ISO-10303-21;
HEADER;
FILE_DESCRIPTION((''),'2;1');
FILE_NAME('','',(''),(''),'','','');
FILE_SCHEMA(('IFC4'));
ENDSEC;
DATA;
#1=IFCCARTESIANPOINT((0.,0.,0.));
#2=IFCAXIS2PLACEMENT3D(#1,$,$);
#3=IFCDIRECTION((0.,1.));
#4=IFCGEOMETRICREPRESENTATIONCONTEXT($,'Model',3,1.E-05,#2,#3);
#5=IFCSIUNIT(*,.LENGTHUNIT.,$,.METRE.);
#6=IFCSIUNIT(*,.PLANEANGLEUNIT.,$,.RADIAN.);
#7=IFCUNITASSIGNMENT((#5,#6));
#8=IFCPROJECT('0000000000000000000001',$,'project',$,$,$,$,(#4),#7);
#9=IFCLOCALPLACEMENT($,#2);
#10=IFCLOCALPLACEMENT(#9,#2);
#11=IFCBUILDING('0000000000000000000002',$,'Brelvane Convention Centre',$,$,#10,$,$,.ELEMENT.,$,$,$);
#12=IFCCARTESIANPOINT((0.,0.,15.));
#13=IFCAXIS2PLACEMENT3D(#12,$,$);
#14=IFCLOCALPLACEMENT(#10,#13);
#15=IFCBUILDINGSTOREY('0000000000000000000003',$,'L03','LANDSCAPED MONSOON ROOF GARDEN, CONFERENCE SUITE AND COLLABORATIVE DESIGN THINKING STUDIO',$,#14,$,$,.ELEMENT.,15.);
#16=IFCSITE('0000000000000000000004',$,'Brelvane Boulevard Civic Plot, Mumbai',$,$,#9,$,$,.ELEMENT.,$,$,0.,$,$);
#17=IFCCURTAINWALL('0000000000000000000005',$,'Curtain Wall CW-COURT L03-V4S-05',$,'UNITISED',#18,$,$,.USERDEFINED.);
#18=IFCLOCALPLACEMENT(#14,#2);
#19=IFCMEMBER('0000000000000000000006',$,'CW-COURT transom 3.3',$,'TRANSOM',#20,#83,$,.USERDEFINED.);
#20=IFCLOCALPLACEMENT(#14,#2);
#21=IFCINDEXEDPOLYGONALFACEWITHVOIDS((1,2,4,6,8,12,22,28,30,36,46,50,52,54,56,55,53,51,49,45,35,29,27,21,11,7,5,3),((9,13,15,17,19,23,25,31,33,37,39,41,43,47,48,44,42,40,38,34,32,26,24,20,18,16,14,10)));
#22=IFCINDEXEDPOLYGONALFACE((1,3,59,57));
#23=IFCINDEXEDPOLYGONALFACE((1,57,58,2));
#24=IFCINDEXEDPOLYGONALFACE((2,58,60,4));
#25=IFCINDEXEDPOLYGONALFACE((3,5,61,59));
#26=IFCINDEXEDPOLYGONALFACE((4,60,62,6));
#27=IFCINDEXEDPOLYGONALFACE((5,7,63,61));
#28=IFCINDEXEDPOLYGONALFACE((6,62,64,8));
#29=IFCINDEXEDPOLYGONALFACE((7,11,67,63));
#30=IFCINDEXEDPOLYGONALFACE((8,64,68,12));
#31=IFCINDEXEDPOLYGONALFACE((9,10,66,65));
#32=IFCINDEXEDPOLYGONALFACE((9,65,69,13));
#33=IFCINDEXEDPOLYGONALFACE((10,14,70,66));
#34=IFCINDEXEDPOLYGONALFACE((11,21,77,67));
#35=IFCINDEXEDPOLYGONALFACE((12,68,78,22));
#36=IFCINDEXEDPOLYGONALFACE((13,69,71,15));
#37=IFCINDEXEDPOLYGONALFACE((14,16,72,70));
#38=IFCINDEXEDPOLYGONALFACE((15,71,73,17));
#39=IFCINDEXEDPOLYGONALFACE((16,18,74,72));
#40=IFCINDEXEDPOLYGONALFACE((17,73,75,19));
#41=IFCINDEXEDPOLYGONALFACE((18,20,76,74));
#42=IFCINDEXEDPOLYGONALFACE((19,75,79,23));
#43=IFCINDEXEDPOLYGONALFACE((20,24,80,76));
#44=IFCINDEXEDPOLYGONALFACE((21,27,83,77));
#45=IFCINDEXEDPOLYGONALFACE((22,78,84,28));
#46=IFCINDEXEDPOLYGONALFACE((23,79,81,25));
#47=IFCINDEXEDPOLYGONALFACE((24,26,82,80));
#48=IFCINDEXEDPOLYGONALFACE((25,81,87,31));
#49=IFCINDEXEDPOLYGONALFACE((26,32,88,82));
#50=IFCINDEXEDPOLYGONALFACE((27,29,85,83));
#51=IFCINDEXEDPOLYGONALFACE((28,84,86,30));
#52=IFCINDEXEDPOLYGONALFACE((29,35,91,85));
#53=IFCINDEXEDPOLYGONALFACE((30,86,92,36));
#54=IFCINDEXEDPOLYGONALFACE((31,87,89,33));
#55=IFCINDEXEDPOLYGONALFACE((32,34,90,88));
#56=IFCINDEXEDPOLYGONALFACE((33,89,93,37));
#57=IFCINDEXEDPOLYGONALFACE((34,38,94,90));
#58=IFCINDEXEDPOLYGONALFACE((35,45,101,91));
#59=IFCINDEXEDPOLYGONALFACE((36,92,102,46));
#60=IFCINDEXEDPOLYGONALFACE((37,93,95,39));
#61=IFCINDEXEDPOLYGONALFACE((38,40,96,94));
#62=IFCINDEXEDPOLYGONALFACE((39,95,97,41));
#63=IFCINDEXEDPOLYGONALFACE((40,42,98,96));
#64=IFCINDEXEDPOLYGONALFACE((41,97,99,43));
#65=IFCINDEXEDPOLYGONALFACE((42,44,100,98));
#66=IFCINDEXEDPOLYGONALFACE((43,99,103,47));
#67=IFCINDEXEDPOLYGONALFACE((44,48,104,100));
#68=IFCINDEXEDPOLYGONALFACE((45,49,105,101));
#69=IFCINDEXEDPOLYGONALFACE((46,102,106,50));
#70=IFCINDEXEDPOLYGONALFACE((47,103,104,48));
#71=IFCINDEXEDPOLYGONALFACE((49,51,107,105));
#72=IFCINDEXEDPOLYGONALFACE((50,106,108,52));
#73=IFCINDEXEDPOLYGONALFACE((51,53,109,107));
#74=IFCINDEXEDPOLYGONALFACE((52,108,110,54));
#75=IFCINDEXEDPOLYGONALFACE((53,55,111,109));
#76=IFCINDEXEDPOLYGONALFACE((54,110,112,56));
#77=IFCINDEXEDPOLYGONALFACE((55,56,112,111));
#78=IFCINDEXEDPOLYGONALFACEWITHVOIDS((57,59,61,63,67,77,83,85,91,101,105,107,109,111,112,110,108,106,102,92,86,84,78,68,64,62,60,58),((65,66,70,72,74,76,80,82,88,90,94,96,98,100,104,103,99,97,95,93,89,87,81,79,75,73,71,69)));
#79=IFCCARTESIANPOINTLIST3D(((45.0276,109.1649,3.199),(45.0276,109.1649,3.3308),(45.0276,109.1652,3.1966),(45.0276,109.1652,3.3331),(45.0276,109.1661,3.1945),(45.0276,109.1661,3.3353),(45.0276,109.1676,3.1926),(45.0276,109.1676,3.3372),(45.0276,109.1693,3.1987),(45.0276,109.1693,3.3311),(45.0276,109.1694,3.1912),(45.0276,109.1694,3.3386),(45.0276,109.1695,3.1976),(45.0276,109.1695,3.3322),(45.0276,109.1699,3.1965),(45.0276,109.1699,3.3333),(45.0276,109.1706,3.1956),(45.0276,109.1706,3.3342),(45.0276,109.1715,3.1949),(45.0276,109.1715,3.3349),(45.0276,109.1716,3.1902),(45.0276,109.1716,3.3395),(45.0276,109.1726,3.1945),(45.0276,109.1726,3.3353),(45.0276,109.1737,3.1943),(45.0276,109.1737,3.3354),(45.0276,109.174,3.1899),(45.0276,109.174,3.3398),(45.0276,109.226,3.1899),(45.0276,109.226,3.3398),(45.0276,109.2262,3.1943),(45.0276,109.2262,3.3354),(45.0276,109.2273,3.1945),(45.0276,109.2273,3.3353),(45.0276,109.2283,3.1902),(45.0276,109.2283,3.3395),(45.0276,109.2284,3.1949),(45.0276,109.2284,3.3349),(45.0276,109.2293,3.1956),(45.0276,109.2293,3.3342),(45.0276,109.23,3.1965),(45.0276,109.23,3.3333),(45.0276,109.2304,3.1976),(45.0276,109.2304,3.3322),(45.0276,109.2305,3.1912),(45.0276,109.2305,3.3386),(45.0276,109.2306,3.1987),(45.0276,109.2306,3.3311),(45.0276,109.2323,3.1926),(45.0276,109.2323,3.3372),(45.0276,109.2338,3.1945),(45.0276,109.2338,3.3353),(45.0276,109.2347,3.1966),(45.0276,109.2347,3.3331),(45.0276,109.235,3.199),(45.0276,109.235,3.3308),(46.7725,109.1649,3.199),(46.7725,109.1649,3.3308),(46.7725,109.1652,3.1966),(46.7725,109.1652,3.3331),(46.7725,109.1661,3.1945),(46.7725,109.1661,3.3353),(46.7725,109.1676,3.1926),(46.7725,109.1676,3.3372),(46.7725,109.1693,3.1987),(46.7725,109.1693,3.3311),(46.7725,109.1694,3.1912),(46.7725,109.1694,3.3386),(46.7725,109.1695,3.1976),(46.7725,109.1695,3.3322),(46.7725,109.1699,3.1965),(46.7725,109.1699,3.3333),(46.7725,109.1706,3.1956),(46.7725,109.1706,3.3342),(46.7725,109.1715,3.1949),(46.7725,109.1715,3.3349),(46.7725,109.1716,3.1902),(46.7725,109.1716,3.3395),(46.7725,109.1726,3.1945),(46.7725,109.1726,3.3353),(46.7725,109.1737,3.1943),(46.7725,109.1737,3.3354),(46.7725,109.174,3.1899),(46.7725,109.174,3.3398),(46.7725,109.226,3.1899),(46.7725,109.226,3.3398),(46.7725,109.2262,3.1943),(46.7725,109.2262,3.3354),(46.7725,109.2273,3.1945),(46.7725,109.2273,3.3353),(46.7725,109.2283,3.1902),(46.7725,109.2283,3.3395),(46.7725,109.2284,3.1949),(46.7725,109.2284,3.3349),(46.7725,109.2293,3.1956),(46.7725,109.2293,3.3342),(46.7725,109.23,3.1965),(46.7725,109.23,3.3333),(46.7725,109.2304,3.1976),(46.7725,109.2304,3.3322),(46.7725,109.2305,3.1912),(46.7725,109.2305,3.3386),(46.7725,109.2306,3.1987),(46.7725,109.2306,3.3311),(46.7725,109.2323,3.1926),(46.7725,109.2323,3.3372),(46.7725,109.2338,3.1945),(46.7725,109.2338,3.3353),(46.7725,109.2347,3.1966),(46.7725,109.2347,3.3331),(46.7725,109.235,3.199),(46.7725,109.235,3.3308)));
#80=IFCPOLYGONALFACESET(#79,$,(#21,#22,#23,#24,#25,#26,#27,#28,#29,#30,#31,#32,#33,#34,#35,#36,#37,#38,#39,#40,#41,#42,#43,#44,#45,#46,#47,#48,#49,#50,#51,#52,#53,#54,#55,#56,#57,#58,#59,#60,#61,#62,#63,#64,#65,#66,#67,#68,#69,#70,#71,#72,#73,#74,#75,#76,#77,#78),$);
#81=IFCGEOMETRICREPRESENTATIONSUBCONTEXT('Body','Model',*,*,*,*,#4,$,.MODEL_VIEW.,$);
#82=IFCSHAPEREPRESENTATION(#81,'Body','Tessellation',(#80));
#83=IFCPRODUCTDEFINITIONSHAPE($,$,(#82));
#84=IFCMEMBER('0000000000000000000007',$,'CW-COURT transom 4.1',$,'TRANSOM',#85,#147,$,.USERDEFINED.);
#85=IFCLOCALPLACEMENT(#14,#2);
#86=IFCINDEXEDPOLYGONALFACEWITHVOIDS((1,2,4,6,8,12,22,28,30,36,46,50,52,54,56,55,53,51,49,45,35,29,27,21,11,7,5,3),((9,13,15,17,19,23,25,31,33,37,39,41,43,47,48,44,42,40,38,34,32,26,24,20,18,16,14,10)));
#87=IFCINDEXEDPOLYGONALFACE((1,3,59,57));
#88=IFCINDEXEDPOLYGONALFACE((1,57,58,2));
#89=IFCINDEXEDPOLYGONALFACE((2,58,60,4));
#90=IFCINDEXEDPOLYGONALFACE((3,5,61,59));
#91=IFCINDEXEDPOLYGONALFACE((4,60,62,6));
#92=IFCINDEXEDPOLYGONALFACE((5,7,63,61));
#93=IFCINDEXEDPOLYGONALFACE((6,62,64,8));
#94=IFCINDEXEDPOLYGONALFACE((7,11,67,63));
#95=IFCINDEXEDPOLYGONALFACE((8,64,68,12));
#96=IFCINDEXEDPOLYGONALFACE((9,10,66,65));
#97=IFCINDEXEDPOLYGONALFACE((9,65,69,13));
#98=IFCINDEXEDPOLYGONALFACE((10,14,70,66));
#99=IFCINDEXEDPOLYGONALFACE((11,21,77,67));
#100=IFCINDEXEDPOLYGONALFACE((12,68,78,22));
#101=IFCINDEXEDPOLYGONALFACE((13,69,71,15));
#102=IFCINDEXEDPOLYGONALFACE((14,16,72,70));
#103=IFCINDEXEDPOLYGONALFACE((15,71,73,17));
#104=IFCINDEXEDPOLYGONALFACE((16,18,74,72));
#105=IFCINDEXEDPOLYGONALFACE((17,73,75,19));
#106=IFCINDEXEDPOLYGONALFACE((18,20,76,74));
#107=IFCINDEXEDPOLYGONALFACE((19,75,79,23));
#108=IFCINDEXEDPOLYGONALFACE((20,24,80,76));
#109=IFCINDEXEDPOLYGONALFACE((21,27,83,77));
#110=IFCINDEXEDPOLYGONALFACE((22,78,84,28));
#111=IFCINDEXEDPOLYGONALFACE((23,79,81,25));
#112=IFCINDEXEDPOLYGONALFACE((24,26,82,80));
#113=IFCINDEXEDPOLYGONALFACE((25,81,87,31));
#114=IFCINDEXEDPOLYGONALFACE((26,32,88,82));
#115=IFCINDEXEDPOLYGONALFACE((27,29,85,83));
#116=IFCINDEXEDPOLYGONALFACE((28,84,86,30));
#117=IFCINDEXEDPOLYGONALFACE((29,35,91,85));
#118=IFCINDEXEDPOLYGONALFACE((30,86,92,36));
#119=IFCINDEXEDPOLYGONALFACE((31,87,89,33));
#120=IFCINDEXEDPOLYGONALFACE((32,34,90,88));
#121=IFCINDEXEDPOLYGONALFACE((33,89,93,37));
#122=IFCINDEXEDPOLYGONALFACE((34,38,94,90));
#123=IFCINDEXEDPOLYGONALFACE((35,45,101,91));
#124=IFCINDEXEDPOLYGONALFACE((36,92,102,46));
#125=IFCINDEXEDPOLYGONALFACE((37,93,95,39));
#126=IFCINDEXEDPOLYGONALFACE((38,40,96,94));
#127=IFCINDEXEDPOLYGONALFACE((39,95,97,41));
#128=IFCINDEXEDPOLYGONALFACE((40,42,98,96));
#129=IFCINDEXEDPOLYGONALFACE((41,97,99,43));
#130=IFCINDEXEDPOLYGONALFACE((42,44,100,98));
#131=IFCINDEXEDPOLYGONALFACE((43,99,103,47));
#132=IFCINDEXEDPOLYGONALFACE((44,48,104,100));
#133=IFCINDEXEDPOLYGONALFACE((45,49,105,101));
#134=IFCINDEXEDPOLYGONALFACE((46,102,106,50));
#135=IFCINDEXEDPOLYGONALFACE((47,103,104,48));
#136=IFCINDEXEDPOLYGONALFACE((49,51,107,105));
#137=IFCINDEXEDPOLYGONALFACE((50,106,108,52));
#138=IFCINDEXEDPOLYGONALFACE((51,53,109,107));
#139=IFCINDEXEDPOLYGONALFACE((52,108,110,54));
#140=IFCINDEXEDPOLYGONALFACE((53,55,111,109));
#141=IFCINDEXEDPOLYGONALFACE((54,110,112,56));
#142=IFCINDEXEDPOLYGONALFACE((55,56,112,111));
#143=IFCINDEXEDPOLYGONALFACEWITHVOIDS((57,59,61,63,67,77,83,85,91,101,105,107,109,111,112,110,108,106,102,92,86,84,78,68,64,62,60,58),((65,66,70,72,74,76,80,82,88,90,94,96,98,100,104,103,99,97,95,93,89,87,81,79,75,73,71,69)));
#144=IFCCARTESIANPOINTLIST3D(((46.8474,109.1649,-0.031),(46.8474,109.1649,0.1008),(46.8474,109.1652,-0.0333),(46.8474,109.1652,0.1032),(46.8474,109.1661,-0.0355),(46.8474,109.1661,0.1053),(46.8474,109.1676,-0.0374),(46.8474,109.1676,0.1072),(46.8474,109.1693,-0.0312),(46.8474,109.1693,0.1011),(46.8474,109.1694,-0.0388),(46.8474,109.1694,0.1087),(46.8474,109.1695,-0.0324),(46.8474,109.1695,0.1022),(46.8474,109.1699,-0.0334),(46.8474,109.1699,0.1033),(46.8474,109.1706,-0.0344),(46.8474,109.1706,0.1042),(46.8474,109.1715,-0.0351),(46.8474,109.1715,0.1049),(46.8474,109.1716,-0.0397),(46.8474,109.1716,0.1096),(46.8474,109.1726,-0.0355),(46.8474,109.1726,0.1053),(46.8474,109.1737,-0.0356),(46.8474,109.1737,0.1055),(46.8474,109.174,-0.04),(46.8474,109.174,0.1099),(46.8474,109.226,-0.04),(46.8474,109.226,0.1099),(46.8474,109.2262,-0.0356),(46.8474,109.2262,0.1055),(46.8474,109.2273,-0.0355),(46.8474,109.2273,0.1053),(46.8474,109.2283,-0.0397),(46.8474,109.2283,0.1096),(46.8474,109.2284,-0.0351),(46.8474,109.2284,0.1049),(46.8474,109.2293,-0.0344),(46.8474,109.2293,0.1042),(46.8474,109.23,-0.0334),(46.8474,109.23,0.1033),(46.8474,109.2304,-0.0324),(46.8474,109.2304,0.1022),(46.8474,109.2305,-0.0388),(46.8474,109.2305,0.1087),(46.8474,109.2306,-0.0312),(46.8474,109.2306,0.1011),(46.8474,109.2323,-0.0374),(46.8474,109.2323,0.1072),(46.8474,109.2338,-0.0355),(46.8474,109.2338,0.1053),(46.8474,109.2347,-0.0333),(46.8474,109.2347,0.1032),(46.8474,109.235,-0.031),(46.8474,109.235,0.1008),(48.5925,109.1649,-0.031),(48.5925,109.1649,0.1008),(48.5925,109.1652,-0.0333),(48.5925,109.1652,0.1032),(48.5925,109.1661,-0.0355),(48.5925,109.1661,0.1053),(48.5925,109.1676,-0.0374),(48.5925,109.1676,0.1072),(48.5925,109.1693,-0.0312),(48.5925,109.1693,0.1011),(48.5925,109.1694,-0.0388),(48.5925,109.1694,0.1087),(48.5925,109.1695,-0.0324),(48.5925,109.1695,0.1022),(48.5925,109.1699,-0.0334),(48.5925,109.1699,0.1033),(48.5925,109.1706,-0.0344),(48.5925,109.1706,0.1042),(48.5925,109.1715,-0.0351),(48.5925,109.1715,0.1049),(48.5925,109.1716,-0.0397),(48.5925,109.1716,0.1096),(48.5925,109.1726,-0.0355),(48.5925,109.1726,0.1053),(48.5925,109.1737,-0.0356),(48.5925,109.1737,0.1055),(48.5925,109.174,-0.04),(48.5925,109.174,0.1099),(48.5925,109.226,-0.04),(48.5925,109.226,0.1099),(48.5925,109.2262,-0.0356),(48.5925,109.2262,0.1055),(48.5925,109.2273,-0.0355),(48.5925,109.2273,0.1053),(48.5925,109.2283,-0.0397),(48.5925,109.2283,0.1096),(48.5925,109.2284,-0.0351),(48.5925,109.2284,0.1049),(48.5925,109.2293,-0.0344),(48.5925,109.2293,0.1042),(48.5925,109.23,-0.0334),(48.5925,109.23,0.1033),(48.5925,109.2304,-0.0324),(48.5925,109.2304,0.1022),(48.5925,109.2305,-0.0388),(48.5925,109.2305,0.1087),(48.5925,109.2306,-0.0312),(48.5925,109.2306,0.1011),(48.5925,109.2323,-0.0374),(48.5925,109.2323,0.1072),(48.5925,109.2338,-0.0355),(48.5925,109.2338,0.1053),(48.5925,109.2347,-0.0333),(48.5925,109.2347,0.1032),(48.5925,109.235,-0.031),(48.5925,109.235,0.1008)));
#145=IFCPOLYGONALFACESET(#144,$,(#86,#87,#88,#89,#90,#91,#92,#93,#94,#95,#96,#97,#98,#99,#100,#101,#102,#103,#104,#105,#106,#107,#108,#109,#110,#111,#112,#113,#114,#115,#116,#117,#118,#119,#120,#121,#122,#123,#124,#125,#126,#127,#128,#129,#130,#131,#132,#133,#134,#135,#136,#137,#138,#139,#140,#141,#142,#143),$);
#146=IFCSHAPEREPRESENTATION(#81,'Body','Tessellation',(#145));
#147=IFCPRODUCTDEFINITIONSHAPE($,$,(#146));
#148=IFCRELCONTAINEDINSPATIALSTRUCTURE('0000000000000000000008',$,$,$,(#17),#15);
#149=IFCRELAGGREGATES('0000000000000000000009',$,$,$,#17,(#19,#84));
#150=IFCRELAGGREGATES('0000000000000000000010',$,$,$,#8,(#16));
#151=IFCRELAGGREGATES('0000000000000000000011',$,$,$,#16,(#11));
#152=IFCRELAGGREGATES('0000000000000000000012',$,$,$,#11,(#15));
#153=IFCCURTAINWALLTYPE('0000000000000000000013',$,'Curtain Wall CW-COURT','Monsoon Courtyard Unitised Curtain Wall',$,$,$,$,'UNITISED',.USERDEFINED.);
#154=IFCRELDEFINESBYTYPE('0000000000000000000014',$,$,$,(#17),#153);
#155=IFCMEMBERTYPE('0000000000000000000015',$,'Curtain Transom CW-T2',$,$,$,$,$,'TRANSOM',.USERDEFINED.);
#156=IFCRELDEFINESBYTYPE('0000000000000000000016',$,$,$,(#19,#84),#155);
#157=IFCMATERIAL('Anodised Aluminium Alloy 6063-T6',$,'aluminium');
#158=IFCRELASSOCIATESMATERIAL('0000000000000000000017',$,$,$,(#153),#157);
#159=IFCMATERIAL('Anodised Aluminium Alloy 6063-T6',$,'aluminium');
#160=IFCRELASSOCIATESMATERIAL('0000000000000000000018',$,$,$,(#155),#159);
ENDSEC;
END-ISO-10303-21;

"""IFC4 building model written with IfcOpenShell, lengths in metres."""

from ifc_helpers import new_model, si_unit, direction, frame, origin, origin_2d, place, context, subcontext, project, spatial, hollow_rectangle, extrude, material, material_profile, profile_set, type_object, element, aggregate, save


model = new_model("IFC4")

# Units and contexts
model_context = context("Model", 3, precision=1e-05, world=origin(), true_north=direction((0.0, 1.0)))
body_context = subcontext(model_context, "Body", "Model", "MODEL_VIEW")
ifc_project = project(units=[si_unit("LENGTHUNIT", "METRE"), si_unit("PLANEANGLEUNIT", "RADIAN")], contexts=[model_context])

# Site, building, storey
site_placement = place(None, origin())
site = spatial("IfcSite", under=ifc_project, at=site_placement, Name="Brelvane Boulevard Civic Plot, Mumbai", CompositionType="ELEMENT", RefElevation=0.0)
building_placement = place(site_placement, origin())
building = spatial("IfcBuilding", under=site, at=building_placement, Name="Brelvane Convention Centre", CompositionType="ELEMENT")
storey_placement = place(building_placement, frame((0.0, 0.0, 15.0)))
storey = spatial("IfcBuildingStorey", under=building, at=storey_placement, Name="L03", Description="LANDSCAPED MONSOON ROOF GARDEN, CONFERENCE SUITE AND COLLABORATIVE DESIGN THINKING STUDIO", CompositionType="ELEMENT", Elevation=15.0)

# Curtain wall, members
ifc_material_1 = material(Name="Anodised Aluminium Alloy 6063-T6", Category="aluminium")
curtain_wall_type = type_object("IfcCurtainWallType", Name="Curtain Wall CW-COURT", Description="Monsoon Courtyard Unitised Curtain Wall", ElementType="UNITISED", PredefinedType="USERDEFINED", material=ifc_material_1)
curtain_wall_placement = place(storey_placement, origin())
curtain_wall = element("IfcCurtainWall", 1, at=curtain_wall_placement, inside=storey, type_object=curtain_wall_type, Name="Curtain Wall CW-COURT L03-V4S-05", ObjectType="UNITISED", PredefinedType="USERDEFINED")
ifc_material_2 = material(Name="Anodised Aluminium Alloy 6063-T6", Category="aluminium")
ifc_material_profile_1 = material_profile(ifc_material_2, hollow_rectangle(XDim=0.0701, YDim=0.1499, WallThickness=0.0044, InnerFilletRadius=0.0044, OuterFilletRadius=0.009, at=origin_2d()), Name="ALU-T 150x70x4.5")
ifc_profile_set_1 = profile_set([ifc_material_profile_1], Name="Anodised Aluminium Alloy 6063-T6")
member_type_1 = type_object("IfcMemberType", Name="Curtain Transom CW-T2", ElementType="TRANSOM", PredefinedType="USERDEFINED", material=ifc_profile_set_1)
member_1_placement = place(storey_placement, frame((45.0276, 109.2, 3.2649), z_axis=(1.0, 0.0, 0.0), x_axis=(0.0, 1.0, 0.0)))
member_1 = element("IfcMember", 2, at=member_1_placement, type_object=member_type_1, Name="CW-COURT transom 3.3", ObjectType="TRANSOM", PredefinedType="USERDEFINED", context=body_context, shape_type="SweptSolid", body=[
    extrude(hollow_rectangle(XDim=0.0701, YDim=0.1499, WallThickness=0.0044, InnerFilletRadius=0.0044, OuterFilletRadius=0.009, at=origin_2d()), origin(), (0.0, 0.0, 1.0), 1.7449),
])
member_2_placement = place(storey_placement, frame((46.8474, 109.2, 0.0349), z_axis=(1.0, 0.0, 0.0), x_axis=(0.0, 1.0, 0.0)))
member_2 = element("IfcMember", 3, at=member_2_placement, type_object=member_type_1, Name="CW-COURT transom 4.1", ObjectType="TRANSOM", PredefinedType="USERDEFINED", context=body_context, shape_type="SweptSolid", body=[
    extrude(hollow_rectangle(XDim=0.0701, YDim=0.1499, WallThickness=0.0044, InnerFilletRadius=0.0044, OuterFilletRadius=0.009, at=origin_2d()), origin(), (0.0, 0.0, 1.0), 1.7451),
])

aggregate(curtain_wall, [member_1, member_2])

save(model, "model.ifc")
